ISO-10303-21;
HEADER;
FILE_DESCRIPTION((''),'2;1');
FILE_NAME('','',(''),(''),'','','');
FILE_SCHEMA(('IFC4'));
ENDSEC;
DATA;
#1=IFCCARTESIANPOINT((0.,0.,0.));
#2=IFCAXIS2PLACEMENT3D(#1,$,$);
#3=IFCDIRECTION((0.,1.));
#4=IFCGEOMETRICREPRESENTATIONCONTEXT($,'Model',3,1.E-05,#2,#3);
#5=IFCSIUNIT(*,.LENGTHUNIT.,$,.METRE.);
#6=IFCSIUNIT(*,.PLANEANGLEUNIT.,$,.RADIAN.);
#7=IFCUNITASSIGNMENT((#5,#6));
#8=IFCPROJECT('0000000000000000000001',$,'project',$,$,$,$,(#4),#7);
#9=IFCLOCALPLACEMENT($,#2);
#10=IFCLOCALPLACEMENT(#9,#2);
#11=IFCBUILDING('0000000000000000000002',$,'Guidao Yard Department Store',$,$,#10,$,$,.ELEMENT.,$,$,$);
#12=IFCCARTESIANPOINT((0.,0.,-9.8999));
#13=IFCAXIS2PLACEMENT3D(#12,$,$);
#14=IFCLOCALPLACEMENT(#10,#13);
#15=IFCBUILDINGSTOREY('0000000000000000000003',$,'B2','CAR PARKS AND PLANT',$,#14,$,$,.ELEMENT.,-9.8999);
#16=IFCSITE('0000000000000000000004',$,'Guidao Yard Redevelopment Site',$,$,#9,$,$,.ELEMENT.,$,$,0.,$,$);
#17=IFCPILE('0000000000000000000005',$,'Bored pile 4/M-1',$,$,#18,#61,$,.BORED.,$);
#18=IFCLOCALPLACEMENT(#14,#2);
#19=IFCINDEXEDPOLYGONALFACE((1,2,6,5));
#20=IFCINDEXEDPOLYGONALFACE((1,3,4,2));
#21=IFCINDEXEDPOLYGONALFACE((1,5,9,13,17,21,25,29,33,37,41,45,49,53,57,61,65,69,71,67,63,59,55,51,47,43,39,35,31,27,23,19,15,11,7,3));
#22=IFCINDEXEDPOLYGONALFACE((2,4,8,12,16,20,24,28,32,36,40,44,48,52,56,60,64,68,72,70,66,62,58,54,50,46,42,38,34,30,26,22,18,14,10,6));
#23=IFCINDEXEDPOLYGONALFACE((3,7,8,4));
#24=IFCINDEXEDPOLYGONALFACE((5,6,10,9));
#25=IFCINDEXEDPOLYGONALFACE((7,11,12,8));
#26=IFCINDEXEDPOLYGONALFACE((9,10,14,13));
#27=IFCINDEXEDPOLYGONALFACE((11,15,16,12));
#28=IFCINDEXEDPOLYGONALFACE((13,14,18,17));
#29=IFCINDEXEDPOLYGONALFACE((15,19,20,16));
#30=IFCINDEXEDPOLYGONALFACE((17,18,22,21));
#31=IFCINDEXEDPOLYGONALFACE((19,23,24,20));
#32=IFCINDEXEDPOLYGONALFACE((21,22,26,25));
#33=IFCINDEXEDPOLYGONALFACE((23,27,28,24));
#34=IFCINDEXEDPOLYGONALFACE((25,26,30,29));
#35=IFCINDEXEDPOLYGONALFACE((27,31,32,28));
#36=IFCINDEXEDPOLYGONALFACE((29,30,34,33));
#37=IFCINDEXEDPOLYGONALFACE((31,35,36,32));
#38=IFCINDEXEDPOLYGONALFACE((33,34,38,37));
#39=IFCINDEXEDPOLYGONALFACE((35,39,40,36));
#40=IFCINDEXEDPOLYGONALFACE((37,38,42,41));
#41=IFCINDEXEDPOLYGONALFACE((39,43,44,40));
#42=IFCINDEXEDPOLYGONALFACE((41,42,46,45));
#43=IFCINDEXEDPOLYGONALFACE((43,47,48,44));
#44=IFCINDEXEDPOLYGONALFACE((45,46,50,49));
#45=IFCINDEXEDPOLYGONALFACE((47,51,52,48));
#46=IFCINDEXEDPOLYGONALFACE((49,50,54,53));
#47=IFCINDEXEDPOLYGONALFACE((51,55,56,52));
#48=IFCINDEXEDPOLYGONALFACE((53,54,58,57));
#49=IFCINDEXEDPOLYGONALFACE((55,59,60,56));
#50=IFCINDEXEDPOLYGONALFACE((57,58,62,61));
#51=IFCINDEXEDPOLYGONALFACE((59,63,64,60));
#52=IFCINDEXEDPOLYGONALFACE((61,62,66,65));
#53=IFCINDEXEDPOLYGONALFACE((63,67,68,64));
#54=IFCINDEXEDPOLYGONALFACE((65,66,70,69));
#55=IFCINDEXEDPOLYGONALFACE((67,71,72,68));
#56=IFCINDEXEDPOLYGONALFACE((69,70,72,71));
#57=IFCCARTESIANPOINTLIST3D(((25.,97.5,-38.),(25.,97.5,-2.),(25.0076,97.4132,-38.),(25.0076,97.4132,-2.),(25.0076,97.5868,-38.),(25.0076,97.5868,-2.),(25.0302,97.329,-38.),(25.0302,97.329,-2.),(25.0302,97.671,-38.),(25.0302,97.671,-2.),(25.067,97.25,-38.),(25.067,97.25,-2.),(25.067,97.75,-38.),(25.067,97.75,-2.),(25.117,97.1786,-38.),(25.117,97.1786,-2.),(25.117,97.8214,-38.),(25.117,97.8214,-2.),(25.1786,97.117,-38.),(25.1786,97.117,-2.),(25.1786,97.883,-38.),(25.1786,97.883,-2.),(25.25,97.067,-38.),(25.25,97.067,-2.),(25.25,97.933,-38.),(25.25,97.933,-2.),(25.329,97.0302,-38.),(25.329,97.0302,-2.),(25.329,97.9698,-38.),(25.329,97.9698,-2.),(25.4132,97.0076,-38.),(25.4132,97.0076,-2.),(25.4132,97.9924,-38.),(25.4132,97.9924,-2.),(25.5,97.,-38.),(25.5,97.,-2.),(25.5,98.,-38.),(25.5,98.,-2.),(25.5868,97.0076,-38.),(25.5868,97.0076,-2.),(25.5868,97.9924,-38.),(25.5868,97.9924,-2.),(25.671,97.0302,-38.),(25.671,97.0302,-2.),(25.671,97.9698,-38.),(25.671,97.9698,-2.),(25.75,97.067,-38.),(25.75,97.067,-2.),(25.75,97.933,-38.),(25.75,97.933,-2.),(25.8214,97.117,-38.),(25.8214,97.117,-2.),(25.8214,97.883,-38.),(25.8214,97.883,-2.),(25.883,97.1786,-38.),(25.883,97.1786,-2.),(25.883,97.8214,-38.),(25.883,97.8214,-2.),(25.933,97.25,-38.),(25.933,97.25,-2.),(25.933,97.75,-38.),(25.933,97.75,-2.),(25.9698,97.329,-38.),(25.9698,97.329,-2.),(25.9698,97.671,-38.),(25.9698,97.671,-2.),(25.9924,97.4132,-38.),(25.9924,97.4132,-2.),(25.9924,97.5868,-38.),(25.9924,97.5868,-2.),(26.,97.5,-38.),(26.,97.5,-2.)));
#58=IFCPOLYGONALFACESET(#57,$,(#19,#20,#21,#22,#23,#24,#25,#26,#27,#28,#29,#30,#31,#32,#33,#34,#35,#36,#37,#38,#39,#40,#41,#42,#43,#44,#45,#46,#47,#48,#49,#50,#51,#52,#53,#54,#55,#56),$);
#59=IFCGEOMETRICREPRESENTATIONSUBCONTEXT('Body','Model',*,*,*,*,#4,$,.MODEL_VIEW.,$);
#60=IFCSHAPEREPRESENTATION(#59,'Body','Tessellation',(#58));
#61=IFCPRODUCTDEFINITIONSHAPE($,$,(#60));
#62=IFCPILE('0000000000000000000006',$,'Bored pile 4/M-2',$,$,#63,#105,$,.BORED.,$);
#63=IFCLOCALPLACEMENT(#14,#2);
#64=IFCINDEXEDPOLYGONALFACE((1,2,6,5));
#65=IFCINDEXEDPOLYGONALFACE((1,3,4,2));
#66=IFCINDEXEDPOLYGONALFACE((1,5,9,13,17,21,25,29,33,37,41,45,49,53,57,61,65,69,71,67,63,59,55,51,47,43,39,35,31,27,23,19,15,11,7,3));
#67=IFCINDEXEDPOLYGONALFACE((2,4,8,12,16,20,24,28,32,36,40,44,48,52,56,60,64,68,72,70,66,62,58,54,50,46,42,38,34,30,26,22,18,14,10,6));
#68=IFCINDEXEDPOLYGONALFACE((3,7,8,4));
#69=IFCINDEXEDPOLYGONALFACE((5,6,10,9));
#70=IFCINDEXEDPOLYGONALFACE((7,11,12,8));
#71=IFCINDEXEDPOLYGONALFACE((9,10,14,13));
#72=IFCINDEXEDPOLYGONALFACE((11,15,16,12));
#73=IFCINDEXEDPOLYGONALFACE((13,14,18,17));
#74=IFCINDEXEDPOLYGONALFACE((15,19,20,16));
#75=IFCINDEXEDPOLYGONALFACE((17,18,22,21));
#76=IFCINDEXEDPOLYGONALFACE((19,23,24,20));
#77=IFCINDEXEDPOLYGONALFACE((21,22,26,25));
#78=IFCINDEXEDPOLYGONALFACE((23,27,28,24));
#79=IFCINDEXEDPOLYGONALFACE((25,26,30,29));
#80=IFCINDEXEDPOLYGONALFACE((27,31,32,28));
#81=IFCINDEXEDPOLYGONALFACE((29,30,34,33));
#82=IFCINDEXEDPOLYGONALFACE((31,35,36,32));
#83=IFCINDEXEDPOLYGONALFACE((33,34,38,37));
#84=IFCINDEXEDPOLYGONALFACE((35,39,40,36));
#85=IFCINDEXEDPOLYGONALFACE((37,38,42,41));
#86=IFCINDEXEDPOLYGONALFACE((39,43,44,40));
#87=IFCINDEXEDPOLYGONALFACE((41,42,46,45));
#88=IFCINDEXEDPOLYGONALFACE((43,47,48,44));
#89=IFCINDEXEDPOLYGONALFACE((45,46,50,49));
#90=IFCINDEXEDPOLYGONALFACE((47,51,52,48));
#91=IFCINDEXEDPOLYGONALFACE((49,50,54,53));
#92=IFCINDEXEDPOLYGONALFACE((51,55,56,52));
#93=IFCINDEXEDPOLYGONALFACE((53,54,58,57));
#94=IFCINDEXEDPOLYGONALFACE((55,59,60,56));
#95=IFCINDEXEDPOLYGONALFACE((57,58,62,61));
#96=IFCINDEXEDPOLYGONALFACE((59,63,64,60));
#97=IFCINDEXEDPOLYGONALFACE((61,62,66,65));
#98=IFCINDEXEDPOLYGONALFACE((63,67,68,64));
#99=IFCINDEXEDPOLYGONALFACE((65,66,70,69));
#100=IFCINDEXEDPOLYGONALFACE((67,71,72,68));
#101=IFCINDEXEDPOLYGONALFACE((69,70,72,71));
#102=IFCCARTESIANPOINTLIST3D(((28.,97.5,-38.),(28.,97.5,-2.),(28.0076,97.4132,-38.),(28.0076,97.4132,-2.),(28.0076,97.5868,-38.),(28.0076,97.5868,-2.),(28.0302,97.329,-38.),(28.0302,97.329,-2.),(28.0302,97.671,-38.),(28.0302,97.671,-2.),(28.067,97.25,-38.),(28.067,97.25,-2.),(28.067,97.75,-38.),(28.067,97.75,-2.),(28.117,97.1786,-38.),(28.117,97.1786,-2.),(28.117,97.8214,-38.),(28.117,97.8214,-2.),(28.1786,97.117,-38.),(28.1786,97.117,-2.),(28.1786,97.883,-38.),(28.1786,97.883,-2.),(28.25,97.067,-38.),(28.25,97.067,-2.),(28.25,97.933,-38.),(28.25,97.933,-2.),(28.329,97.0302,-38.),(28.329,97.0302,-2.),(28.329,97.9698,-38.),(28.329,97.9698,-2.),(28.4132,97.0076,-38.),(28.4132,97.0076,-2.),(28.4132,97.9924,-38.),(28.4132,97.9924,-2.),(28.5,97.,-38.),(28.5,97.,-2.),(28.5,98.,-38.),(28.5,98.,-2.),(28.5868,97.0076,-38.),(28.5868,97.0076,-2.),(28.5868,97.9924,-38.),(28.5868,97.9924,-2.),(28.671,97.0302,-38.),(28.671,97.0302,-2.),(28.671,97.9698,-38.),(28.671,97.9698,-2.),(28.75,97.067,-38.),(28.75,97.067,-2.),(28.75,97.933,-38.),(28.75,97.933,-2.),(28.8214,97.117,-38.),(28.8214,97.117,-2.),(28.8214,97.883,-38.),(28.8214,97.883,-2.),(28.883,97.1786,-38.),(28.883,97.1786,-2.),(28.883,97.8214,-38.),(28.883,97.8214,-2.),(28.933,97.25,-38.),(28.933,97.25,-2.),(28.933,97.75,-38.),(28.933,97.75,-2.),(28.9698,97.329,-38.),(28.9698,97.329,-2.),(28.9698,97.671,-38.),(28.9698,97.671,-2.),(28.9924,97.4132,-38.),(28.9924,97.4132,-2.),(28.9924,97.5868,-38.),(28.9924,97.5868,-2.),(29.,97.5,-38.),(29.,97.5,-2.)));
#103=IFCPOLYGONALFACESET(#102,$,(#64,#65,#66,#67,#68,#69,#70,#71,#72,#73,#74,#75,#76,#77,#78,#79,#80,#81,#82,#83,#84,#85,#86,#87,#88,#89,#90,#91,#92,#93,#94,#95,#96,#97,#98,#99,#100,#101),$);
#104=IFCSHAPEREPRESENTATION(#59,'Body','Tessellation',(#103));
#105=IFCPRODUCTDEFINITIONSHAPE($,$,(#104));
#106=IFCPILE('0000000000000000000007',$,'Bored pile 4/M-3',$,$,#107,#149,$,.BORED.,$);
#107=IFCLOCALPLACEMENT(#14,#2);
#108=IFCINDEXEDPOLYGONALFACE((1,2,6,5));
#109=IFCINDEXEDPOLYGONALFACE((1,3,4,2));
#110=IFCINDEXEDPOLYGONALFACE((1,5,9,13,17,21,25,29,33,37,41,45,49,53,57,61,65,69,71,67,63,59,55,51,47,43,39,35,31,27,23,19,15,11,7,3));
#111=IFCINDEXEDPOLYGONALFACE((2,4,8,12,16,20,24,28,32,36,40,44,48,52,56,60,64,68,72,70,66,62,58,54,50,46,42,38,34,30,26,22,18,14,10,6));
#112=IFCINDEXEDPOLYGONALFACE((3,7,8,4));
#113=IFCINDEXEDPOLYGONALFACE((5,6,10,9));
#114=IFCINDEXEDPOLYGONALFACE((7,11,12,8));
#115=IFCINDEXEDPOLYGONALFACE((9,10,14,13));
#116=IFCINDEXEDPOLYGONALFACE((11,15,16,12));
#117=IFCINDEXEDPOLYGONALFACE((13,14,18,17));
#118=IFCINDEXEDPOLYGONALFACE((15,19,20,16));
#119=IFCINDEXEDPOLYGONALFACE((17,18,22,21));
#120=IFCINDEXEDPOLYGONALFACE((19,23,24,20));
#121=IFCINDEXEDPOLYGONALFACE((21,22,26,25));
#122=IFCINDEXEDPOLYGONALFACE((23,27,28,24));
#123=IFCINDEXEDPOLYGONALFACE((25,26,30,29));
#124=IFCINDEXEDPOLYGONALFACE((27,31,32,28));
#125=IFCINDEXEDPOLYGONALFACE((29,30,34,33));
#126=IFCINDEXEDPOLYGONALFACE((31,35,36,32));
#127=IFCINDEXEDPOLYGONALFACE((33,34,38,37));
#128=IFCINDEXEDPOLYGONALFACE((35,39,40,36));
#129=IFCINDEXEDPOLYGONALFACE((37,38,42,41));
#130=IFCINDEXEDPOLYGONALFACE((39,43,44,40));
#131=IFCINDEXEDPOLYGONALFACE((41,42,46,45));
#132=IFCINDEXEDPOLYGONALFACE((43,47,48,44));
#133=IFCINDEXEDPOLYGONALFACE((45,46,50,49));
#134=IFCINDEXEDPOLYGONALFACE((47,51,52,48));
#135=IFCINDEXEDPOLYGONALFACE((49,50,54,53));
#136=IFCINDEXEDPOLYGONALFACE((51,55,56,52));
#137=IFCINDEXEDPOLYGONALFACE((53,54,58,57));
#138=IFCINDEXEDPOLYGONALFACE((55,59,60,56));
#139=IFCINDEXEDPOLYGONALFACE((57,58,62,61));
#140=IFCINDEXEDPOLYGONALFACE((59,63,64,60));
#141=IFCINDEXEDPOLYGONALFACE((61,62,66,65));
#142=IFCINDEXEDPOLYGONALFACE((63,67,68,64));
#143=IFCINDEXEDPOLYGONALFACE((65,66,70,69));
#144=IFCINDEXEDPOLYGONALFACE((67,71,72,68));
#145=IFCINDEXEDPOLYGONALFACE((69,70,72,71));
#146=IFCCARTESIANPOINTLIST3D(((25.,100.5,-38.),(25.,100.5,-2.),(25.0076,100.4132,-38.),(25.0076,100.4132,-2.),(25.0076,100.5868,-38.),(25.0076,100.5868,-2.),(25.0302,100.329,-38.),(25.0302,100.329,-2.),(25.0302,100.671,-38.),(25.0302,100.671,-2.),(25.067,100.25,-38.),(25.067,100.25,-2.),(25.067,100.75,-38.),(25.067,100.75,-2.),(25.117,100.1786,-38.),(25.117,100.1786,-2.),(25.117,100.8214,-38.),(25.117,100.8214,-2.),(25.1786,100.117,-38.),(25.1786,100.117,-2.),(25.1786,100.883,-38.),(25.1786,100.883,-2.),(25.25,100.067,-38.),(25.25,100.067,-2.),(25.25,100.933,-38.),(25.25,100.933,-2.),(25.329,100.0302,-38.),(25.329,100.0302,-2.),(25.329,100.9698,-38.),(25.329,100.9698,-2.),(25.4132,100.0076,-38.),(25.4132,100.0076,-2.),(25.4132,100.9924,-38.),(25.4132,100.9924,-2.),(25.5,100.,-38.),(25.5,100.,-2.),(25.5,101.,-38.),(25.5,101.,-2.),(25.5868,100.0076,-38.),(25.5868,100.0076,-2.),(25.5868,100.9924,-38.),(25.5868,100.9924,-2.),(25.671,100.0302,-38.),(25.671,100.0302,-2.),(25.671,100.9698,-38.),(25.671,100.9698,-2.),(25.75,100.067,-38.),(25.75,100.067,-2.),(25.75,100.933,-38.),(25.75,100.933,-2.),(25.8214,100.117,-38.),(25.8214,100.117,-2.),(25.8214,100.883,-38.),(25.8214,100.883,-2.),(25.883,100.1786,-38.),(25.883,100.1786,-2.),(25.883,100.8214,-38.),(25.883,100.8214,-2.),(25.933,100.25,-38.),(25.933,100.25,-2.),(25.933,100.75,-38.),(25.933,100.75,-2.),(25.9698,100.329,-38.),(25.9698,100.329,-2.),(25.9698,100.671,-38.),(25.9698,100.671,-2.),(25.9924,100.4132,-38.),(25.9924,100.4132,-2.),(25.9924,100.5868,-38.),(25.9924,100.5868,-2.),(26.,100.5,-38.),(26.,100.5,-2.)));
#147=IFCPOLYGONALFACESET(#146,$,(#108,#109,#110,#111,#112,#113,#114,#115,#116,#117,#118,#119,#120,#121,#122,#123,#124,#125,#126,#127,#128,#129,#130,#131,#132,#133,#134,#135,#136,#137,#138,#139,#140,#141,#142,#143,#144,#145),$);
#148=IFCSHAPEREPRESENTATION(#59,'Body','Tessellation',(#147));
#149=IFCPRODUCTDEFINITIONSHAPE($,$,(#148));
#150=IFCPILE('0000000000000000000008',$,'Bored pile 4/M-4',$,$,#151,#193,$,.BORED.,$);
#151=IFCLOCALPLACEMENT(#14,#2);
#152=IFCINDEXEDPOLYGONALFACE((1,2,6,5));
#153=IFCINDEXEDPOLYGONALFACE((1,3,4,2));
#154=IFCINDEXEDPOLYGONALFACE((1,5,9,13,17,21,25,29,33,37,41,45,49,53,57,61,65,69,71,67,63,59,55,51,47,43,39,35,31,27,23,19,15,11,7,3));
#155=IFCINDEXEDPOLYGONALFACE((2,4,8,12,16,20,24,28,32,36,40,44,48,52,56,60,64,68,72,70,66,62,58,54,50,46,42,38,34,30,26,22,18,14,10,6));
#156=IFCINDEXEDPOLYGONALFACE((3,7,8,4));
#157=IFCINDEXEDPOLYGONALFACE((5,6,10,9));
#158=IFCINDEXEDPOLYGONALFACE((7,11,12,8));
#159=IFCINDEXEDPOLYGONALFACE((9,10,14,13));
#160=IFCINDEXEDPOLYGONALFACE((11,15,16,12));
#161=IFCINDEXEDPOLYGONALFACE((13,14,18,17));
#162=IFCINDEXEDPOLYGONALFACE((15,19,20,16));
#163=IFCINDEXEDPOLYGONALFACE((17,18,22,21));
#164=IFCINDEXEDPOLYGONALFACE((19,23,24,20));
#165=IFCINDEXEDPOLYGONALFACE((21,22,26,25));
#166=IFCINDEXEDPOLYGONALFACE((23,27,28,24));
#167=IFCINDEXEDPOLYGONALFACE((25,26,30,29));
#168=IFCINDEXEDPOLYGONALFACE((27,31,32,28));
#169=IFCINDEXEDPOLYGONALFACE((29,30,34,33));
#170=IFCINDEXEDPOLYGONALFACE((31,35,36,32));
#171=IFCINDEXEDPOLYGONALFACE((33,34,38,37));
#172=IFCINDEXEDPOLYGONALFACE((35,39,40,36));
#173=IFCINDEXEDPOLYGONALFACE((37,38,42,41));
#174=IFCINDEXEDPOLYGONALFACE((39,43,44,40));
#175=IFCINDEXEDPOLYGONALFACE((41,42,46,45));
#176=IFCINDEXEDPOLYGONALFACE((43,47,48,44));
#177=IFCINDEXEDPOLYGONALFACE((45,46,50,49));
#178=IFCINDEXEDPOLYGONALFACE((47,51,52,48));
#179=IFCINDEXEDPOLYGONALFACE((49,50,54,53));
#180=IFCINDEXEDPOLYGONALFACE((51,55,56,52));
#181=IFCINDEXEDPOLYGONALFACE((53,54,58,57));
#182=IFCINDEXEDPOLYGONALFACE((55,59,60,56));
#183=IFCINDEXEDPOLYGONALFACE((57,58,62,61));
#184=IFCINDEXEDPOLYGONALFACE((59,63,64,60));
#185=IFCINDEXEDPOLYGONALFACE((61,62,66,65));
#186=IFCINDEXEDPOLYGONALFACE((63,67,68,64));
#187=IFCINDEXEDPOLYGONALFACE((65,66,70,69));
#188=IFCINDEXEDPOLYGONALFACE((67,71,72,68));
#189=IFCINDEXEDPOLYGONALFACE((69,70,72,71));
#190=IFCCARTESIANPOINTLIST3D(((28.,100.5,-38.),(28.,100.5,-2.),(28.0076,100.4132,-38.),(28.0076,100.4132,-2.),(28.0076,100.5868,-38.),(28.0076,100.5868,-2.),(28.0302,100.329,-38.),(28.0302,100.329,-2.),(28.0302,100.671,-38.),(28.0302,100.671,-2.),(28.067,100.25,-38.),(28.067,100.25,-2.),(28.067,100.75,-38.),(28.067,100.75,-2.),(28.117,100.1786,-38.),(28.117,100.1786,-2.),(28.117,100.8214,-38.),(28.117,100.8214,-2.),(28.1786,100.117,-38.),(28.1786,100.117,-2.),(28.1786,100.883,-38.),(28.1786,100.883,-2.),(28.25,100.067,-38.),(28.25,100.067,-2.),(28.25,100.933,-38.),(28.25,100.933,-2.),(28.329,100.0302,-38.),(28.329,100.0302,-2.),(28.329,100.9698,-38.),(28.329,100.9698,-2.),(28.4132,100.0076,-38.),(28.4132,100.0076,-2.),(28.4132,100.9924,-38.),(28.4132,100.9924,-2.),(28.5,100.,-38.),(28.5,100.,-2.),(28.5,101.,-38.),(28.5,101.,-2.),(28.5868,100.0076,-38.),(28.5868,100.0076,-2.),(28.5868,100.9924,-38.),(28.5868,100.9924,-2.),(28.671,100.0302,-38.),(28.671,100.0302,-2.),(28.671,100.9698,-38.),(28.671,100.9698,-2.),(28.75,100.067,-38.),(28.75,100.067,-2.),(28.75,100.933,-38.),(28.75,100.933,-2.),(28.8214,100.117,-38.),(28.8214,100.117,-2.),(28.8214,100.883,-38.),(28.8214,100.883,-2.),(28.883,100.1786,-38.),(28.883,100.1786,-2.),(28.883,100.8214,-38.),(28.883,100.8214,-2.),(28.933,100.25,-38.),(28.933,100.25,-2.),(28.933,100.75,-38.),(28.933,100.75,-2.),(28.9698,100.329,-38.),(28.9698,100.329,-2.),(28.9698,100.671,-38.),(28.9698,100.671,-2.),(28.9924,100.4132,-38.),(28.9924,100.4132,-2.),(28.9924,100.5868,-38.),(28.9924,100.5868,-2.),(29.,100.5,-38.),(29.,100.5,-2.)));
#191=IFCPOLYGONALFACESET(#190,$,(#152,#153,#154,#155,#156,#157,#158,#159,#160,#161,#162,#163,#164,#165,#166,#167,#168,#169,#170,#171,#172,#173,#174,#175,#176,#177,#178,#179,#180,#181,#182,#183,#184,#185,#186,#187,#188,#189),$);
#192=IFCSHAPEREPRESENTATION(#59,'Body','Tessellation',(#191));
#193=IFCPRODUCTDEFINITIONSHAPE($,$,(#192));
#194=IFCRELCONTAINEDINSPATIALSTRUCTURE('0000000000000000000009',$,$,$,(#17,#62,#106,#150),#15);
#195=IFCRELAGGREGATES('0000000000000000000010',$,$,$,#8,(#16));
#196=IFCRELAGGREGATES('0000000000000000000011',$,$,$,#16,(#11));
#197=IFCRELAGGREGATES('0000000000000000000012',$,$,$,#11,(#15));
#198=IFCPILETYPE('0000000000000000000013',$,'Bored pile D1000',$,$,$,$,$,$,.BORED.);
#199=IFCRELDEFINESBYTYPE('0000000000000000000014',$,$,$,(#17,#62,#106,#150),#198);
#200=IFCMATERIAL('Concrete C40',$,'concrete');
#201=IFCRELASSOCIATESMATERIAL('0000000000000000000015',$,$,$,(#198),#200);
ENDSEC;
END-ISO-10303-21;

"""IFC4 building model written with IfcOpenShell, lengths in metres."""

from ifc_helpers import new_model, si_unit, direction, frame, origin, origin_2d, place, context, subcontext, project, spatial, circle, extrude, material, material_profile, profile_set, type_object, element, save


model = new_model("IFC4")

# Units and contexts
model_context = context("Model", 3, precision=1e-05, world=origin(), true_north=direction((0.0, 1.0)))
body_context = subcontext(model_context, "Body", "Model", "MODEL_VIEW")
ifc_project = project(units=[si_unit("LENGTHUNIT", "METRE"), si_unit("PLANEANGLEUNIT", "RADIAN")], contexts=[model_context])

# Site, building, storey
site_placement = place(None, origin())
site = spatial("IfcSite", under=ifc_project, at=site_placement, Name="Guidao Yard Redevelopment Site", CompositionType="ELEMENT", RefElevation=0.0)
building_placement = place(site_placement, origin())
building = spatial("IfcBuilding", under=site, at=building_placement, Name="Guidao Yard Department Store", CompositionType="ELEMENT")
storey_placement = place(building_placement, frame((0.0, 0.0, -9.8999)))
storey = spatial("IfcBuildingStorey", under=building, at=storey_placement, Name="B2", Description="CAR PARKS AND PLANT", CompositionType="ELEMENT", Elevation=-9.8999)

# Piles
ifc_material_1 = material(Name="Concrete C40", Category="concrete")
ifc_material_profile_1 = material_profile(ifc_material_1, circle(Radius=0.5, at=origin_2d()), Name="Bored pile D1000")
ifc_profile_set_1 = profile_set([ifc_material_profile_1], Name="Concrete C40")
pile_type = type_object("IfcPileType", Name="Bored pile D1000", PredefinedType="BORED", material=ifc_profile_set_1)
for number, where, z_axis, x_axis, name in (
    (1, (25.5, 97.5, -2.0), (0.0, 0.0, -1.0), (1.0, 0.0, 0.0), "Bored pile 4/M-1"),
    (2, (28.5, 97.5, -2.0), (0.0, 0.0, -1.0), (1.0, 0.0, 0.0), "Bored pile 4/M-2"),
    (3, (25.5, 100.5, -2.0), (0.0, 0.0, -1.0), (1.0, 0.0, 0.0), "Bored pile 4/M-3"),
    (4, (28.5, 100.5, -2.0), (0.0, 0.0, -1.0), (1.0, 0.0, 0.0), "Bored pile 4/M-4"),
):
    element("IfcPile", number, at=place(storey_placement, frame(where, z_axis=z_axis, x_axis=x_axis)), inside=storey, type_object=pile_type, Name=name, PredefinedType="BORED", context=body_context, shape_type="SweptSolid", body=[
        extrude(circle(Radius=0.5, at=origin_2d()), origin(), (0.0, 0.0, 1.0), 36.0),
    ])

save(model, "model.ifc")
